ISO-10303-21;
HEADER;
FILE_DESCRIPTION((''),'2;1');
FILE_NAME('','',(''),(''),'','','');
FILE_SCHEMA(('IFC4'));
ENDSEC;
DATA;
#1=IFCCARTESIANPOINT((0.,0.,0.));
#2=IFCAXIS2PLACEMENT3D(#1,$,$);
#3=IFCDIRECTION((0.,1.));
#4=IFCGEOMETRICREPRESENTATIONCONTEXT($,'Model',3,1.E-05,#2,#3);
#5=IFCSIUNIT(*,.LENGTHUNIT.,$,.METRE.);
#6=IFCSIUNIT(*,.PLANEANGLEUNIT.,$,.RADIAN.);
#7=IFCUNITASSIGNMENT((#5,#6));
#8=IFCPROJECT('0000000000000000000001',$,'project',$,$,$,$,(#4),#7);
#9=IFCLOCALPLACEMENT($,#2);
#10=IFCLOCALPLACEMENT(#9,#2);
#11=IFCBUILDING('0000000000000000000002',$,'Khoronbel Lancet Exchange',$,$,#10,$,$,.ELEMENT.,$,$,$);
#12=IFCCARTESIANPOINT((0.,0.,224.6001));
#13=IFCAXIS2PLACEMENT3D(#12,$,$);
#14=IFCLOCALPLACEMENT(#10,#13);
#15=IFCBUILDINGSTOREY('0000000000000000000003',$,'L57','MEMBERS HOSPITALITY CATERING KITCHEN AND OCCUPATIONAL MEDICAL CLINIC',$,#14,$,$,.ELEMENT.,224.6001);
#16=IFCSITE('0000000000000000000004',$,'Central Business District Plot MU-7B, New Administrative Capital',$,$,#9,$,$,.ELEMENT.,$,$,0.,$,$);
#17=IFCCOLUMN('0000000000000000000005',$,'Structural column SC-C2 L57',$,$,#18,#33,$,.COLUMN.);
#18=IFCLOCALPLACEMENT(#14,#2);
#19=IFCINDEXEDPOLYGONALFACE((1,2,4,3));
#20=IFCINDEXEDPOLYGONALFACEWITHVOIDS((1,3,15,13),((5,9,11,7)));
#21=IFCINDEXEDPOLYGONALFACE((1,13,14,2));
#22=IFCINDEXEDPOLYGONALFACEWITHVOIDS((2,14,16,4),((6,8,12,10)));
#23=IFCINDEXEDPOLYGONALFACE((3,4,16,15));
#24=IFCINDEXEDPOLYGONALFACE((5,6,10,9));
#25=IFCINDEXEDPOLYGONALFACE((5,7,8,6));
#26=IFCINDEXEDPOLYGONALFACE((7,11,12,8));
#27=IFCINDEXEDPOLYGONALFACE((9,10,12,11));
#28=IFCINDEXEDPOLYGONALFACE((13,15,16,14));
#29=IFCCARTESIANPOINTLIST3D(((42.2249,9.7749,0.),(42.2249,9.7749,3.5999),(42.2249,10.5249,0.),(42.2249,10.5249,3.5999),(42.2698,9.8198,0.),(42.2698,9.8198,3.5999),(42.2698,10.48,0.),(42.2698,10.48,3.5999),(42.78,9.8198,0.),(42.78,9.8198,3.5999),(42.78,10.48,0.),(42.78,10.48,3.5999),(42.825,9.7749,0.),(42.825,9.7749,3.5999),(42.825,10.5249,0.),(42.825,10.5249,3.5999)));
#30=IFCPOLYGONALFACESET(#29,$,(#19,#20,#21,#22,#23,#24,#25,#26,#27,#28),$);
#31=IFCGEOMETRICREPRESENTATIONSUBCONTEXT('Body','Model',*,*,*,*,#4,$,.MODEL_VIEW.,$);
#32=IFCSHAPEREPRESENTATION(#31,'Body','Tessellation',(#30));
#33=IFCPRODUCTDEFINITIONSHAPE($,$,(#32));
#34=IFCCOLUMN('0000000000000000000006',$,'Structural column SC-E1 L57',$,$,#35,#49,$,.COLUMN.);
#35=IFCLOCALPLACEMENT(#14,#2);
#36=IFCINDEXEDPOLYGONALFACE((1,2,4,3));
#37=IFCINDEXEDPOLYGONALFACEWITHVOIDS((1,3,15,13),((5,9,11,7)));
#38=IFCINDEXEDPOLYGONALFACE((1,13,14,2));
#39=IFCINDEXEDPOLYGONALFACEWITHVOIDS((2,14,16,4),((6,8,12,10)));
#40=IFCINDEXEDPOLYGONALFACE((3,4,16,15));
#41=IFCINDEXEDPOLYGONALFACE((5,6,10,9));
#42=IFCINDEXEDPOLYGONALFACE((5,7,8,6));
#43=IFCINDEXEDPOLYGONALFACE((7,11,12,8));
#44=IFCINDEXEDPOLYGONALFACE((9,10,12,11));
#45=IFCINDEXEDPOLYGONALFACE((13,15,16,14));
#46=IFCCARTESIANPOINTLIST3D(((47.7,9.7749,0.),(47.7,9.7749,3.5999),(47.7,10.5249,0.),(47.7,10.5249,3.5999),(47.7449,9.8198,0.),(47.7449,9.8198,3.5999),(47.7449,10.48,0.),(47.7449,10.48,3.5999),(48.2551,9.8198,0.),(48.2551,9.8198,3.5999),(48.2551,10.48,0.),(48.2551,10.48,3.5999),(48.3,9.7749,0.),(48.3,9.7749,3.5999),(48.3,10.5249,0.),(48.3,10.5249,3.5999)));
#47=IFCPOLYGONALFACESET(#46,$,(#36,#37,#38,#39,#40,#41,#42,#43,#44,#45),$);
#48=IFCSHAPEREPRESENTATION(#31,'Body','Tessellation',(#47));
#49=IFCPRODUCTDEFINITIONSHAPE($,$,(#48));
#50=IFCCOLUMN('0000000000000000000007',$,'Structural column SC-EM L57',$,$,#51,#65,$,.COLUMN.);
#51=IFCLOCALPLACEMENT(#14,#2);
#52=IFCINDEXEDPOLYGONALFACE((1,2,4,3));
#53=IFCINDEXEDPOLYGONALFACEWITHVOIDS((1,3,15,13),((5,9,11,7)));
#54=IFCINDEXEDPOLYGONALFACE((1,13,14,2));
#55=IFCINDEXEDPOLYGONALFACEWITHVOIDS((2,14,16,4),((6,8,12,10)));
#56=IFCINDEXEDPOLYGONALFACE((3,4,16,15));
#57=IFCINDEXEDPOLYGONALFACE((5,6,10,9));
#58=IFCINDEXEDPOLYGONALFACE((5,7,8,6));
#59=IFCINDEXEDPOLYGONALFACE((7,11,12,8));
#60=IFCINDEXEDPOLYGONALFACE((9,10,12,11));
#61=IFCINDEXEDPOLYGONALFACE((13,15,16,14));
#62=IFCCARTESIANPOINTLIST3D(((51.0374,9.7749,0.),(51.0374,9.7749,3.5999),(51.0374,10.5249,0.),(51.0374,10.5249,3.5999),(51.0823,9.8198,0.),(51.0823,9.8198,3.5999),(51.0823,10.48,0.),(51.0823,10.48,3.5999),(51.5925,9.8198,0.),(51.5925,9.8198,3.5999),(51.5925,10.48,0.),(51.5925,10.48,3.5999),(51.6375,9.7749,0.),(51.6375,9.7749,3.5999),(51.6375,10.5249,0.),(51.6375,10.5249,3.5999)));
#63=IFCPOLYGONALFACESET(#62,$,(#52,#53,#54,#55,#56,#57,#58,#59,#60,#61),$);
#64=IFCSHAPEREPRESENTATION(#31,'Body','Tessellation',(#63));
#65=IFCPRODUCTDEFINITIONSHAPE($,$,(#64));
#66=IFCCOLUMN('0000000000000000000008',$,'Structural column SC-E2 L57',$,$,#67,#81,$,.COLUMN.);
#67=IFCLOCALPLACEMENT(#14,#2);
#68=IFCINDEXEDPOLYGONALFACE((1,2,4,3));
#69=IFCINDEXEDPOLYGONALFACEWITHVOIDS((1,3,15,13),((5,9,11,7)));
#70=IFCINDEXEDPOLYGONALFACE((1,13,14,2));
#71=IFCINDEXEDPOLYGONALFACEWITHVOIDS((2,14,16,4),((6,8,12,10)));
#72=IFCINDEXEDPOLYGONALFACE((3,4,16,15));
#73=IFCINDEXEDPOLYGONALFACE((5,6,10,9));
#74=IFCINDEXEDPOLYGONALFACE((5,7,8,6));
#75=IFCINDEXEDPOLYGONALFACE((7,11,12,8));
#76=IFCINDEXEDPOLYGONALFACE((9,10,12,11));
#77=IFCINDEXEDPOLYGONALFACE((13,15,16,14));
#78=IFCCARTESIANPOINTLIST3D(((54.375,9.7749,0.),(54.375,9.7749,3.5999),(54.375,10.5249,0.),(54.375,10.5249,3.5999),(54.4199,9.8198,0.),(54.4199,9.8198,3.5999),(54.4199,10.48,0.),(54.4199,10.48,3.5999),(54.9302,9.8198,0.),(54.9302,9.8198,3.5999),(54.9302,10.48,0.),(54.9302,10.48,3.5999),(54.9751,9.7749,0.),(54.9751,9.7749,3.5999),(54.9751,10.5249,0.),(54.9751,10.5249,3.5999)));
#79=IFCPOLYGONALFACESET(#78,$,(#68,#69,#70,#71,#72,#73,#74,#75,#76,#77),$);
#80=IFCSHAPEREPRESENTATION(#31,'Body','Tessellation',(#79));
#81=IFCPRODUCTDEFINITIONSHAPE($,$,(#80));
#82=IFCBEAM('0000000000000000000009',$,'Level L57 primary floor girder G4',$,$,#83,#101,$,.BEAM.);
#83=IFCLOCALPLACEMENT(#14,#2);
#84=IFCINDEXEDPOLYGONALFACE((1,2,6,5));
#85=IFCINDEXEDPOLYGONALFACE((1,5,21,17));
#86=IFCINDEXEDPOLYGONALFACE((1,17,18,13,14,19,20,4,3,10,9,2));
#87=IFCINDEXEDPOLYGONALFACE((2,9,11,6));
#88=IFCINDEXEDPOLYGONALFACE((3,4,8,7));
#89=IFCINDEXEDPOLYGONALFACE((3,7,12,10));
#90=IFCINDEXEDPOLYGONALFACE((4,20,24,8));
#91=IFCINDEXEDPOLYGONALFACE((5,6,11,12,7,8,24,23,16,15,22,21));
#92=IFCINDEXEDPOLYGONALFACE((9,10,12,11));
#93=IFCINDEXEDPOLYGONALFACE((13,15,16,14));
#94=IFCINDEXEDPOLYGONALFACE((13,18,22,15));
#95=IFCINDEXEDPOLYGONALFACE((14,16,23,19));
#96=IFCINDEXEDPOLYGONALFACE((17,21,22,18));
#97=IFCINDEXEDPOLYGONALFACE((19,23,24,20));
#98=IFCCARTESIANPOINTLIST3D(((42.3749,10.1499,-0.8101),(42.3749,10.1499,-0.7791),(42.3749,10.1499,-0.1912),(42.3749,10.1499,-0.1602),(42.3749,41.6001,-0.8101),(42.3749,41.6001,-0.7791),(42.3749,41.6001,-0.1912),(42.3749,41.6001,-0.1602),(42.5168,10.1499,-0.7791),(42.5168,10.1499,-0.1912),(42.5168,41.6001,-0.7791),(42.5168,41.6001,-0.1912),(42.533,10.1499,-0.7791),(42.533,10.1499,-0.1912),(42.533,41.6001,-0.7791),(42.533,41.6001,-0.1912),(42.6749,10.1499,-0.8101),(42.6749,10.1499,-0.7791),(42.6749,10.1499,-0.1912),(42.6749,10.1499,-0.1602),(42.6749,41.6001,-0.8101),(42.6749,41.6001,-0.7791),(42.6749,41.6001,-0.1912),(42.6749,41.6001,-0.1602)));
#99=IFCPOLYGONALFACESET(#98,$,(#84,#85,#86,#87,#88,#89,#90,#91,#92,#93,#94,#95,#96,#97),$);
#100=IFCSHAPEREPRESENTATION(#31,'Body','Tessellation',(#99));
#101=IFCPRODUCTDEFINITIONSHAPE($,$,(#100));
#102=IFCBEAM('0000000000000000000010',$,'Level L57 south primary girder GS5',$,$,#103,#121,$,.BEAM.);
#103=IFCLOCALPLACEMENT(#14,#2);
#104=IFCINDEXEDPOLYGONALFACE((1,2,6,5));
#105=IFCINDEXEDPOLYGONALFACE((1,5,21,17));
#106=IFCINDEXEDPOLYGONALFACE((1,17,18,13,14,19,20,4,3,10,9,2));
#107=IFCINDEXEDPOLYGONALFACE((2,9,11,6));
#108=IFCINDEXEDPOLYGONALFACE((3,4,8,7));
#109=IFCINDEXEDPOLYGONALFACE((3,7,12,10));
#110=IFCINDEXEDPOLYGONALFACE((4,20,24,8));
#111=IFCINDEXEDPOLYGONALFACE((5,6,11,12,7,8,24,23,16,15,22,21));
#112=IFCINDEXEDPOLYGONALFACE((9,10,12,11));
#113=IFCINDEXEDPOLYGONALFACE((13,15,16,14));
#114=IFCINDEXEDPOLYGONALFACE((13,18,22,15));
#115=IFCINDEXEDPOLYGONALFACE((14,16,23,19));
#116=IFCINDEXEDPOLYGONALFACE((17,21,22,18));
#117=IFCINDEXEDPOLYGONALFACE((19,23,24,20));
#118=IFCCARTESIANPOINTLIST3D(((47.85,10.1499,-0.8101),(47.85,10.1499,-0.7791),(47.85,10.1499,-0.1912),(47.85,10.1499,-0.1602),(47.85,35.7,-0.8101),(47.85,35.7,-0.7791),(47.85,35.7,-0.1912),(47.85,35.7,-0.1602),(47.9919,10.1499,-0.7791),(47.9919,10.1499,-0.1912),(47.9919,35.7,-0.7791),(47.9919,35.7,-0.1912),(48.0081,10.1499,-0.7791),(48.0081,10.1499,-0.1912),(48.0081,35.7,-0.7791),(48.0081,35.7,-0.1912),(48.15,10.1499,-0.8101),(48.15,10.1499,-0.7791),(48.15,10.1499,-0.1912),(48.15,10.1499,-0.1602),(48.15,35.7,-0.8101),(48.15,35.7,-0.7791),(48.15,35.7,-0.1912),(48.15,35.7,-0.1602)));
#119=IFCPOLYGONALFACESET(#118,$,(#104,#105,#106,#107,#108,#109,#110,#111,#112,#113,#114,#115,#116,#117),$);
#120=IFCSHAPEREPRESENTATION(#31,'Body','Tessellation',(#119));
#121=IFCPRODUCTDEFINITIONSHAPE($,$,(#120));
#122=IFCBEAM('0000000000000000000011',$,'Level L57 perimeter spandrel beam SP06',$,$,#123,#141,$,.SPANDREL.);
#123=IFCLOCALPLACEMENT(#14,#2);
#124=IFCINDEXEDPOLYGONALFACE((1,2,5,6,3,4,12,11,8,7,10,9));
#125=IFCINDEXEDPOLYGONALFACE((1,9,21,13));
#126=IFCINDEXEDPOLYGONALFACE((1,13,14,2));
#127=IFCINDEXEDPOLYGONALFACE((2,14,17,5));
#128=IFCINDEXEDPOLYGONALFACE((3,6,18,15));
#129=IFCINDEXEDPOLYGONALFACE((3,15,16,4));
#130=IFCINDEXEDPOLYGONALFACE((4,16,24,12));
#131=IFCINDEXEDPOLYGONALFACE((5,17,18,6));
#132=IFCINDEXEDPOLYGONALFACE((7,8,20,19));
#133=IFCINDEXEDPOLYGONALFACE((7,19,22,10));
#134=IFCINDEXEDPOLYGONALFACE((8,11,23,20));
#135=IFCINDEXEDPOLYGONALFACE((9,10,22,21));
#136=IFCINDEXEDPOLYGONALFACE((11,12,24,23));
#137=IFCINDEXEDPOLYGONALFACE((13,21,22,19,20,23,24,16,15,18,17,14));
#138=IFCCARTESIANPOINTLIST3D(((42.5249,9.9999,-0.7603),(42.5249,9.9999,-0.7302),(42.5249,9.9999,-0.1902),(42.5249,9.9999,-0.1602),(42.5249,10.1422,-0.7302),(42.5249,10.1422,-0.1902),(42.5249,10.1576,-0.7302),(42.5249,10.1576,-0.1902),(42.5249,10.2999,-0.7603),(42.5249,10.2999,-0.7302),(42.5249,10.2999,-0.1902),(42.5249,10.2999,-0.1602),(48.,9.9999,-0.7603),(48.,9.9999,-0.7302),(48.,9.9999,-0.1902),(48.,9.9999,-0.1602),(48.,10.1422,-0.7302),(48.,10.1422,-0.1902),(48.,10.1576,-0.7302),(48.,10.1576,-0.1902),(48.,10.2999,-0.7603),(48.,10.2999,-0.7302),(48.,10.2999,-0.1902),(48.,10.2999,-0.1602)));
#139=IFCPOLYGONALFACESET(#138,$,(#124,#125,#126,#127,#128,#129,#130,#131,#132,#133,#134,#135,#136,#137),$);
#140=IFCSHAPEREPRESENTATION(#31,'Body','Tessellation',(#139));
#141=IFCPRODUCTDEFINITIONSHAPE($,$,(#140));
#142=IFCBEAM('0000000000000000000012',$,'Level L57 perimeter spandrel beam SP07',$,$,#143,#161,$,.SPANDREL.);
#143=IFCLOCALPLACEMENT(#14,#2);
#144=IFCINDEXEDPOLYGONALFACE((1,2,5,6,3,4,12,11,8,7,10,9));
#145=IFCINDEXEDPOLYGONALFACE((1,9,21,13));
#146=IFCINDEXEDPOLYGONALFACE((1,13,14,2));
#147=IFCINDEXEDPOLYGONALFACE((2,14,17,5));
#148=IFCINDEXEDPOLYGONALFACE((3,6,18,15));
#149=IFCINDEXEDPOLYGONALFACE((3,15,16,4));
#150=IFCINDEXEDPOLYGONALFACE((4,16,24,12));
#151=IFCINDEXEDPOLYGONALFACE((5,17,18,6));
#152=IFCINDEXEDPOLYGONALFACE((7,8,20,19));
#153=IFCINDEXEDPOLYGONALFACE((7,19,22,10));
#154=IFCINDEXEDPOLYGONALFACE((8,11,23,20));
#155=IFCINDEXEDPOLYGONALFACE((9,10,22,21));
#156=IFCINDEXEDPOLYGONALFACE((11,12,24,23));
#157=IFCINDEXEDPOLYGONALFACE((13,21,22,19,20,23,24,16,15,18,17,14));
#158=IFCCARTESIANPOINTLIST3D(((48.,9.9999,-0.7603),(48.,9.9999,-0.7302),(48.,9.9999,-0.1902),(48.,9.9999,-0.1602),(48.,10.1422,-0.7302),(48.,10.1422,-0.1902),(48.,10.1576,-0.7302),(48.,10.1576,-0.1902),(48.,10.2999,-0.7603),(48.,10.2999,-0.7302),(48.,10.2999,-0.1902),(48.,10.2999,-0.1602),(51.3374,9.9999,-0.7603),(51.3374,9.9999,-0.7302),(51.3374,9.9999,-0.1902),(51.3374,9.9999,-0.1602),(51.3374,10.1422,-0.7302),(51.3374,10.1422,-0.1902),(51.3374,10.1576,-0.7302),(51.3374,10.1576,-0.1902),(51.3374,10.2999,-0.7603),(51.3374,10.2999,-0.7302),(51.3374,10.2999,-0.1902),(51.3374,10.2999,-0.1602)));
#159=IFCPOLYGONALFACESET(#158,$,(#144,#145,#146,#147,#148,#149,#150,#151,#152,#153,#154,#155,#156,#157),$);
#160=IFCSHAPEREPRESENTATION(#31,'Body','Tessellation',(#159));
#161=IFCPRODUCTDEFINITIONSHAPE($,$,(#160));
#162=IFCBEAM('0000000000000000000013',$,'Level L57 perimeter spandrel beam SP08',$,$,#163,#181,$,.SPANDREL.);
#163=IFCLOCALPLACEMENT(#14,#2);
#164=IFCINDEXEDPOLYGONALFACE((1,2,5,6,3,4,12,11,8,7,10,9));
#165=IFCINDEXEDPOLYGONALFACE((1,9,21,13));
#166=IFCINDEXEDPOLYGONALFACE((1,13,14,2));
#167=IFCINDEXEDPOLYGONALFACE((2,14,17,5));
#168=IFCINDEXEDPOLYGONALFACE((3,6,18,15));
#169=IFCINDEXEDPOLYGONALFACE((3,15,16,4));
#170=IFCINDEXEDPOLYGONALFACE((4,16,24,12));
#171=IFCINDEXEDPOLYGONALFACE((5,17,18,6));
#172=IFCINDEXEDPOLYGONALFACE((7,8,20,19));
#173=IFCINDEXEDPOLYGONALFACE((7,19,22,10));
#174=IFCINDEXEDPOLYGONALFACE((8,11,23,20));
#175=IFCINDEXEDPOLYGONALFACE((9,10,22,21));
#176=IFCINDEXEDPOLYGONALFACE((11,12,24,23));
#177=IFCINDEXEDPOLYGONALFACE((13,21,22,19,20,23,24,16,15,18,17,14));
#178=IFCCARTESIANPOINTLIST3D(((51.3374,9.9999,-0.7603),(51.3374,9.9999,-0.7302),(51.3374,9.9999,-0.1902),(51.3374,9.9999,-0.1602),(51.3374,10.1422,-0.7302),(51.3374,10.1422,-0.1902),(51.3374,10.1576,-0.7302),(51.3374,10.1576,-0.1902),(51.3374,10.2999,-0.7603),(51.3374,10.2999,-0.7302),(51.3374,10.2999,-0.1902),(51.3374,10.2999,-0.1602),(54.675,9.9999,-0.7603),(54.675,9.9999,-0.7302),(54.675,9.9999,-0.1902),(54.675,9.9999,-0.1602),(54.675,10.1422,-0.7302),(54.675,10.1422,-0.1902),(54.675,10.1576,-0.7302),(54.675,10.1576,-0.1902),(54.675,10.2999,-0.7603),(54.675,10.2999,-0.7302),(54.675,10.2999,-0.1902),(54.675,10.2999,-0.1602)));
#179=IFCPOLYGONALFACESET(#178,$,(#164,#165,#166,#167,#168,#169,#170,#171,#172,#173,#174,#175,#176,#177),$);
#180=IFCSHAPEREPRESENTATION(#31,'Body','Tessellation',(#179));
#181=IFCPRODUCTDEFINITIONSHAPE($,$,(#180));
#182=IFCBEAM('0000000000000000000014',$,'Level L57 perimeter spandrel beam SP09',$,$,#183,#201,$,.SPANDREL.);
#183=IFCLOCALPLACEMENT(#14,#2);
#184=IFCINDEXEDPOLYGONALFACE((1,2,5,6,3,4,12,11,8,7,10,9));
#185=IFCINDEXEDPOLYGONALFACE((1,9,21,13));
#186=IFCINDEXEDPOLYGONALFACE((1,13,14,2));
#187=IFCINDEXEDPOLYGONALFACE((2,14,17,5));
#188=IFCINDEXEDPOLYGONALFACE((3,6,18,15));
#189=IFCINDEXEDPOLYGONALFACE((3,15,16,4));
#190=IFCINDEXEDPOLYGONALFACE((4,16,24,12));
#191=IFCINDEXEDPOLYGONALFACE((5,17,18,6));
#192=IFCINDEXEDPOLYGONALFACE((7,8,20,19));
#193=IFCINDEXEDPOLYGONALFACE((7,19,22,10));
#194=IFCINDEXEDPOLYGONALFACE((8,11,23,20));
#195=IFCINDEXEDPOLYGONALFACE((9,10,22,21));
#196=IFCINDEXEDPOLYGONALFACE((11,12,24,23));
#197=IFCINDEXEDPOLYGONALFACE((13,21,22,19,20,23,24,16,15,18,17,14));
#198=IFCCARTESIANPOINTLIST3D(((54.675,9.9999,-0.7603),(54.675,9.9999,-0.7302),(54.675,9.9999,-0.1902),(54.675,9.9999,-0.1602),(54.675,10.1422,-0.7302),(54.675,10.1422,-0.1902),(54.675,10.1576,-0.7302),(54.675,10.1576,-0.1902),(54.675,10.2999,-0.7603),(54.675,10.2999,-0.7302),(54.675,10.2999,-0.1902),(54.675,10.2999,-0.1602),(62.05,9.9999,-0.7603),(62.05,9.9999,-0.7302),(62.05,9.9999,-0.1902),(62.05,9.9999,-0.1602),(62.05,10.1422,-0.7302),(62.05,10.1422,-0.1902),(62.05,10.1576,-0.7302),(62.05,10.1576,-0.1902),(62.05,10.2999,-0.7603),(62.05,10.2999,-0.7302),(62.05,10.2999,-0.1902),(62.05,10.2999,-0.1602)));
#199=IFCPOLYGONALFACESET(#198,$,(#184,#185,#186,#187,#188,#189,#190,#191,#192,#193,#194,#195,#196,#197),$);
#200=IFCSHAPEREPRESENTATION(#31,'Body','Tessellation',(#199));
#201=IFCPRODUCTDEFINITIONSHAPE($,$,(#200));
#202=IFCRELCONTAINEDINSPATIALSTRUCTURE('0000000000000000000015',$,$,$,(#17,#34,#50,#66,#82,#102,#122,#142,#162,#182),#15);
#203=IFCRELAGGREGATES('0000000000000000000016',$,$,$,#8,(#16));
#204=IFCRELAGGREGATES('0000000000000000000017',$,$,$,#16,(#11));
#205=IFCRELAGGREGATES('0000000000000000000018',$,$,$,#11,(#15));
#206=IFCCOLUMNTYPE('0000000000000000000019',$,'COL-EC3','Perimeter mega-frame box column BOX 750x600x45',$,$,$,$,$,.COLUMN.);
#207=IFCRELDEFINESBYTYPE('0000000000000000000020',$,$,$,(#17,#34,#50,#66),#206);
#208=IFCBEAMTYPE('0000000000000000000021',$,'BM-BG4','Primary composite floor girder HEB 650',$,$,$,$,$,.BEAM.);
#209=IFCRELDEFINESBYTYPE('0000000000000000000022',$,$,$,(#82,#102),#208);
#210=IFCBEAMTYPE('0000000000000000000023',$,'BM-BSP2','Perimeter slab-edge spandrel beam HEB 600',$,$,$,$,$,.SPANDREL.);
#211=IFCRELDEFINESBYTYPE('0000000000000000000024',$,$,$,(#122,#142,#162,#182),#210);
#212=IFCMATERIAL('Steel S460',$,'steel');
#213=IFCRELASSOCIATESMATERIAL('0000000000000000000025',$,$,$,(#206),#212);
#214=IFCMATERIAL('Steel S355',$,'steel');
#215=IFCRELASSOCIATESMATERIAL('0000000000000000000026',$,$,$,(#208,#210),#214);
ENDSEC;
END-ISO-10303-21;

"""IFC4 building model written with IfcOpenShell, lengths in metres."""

from ifc_helpers import new_model, si_unit, direction, frame, origin, origin_2d, place, context, subcontext, project, spatial, hollow_rectangle, i_section, extrude, material, material_profile, profile_set, type_object, element, save


model = new_model("IFC4")

# Units and contexts
model_context = context("Model", 3, precision=1e-05, world=origin(), true_north=direction((0.0, 1.0)))
body_context = subcontext(model_context, "Body", "Model", "MODEL_VIEW")
ifc_project = project(units=[si_unit("LENGTHUNIT", "METRE"), si_unit("PLANEANGLEUNIT", "RADIAN")], contexts=[model_context])

# Site, building, storey
site_placement = place(None, origin())
site = spatial("IfcSite", under=ifc_project, at=site_placement, Name="Central Business District Plot MU-7B, New Administrative Capital", CompositionType="ELEMENT", RefElevation=0.0)
building_placement = place(site_placement, origin())
building = spatial("IfcBuilding", under=site, at=building_placement, Name="Khoronbel Lancet Exchange", CompositionType="ELEMENT")
storey_placement = place(building_placement, frame((0.0, 0.0, 224.6001)))
storey = spatial("IfcBuildingStorey", under=building, at=storey_placement, Name="L57", Description="MEMBERS HOSPITALITY CATERING KITCHEN AND OCCUPATIONAL MEDICAL CLINIC", CompositionType="ELEMENT", Elevation=224.6001)

# Columns
ifc_material_1 = material(Name="Steel S460", Category="steel")
ifc_material_profile_1 = material_profile(ifc_material_1, hollow_rectangle(XDim=0.6001, YDim=0.75, WallThickness=0.0449, at=origin_2d()), Name="BOX 750x600x45")
ifc_profile_set_1 = profile_set([ifc_material_profile_1], Name="Steel S460")
column_type = type_object("IfcColumnType", Name="COL-EC3", Description="Perimeter mega-frame box column BOX 750x600x45", PredefinedType="COLUMN", material=ifc_profile_set_1)
for number, where, z_axis, x_axis, name in (
    (1, (42.5249, 10.1499, 0.0), (0.0, 0.0, 1.0), (1.0, 0.0, 0.0), "Structural column SC-C2 L57"),
    (2, (48.0, 10.1499, 0.0), (0.0, 0.0, 1.0), (1.0, 0.0, 0.0), "Structural column SC-E1 L57"),
    (3, (51.3374, 10.1499, 0.0), (0.0, 0.0, 1.0), (1.0, 0.0, 0.0), "Structural column SC-EM L57"),
    (4, (54.675, 10.1499, 0.0), (0.0, 0.0, 1.0), (1.0, 0.0, 0.0), "Structural column SC-E2 L57"),
):
    element("IfcColumn", number, at=place(storey_placement, frame(where, z_axis=z_axis, x_axis=x_axis)), inside=storey, type_object=column_type, Name=name, PredefinedType="COLUMN", context=body_context, shape_type="SweptSolid", body=[
        extrude(hollow_rectangle(XDim=0.6001, YDim=0.75, WallThickness=0.0449, at=origin_2d()), origin(), (0.0, 0.0, 1.0), 3.5999),
    ])

# Beams
ifc_material_2 = material(Name="Steel S355", Category="steel")
ifc_material_profile_2 = material_profile(ifc_material_2, i_section(OverallWidth=0.3, OverallDepth=0.6499, WebThickness=0.0161, FlangeThickness=0.031, at=origin_2d()), Name="HEB 650")
ifc_profile_set_2 = profile_set([ifc_material_profile_2], Name="Steel S355")
beam_type_1 = type_object("IfcBeamType", Name="BM-BG4", Description="Primary composite floor girder HEB 650", PredefinedType="BEAM", material=ifc_profile_set_2)
beam_1_placement = place(storey_placement, frame((42.5249, 10.1499, -0.4851), z_axis=(0.0, 1.0, 0.0), x_axis=(-1.0, 0.0, 0.0)))
element("IfcBeam", 5, at=beam_1_placement, inside=storey, type_object=beam_type_1, Name="Level L57 primary floor girder G4", PredefinedType="BEAM", context=body_context, shape_type="SweptSolid", body=[
    extrude(i_section(OverallWidth=0.3, OverallDepth=0.6499, WebThickness=0.0161, FlangeThickness=0.031, at=origin_2d()), origin(), (0.0, 0.0, 1.0), 31.4502),
])
beam_2_placement = place(storey_placement, frame((48.0, 10.1499, -0.4851), z_axis=(0.0, 1.0, 0.0), x_axis=(-1.0, 0.0, 0.0)))
element("IfcBeam", 6, at=beam_2_placement, inside=storey, type_object=beam_type_1, Name="Level L57 south primary girder GS5", PredefinedType="BEAM", context=body_context, shape_type="SweptSolid", body=[
    extrude(i_section(OverallWidth=0.3, OverallDepth=0.6499, WebThickness=0.0161, FlangeThickness=0.031, at=origin_2d()), origin(), (0.0, 0.0, 1.0), 25.55),
])
ifc_material_profile_3 = material_profile(ifc_material_2, i_section(OverallWidth=0.3, OverallDepth=0.6001, WebThickness=0.0154, FlangeThickness=0.03, at=origin_2d()), Name="HEB 600")
ifc_profile_set_3 = profile_set([ifc_material_profile_3], Name="Steel S355")
beam_type_2 = type_object("IfcBeamType", Name="BM-BSP2", Description="Perimeter slab-edge spandrel beam HEB 600", PredefinedType="SPANDREL", material=ifc_profile_set_3)
beam_3_placement = place(storey_placement, frame((42.5249, 10.1499, -0.4602), z_axis=(1.0, 0.0, 0.0), x_axis=(0.0, 1.0, 0.0)))
element("IfcBeam", 7, at=beam_3_placement, inside=storey, type_object=beam_type_2, Name="Level L57 perimeter spandrel beam SP06", PredefinedType="SPANDREL", context=body_context, shape_type="SweptSolid", body=[
    extrude(i_section(OverallWidth=0.3, OverallDepth=0.6001, WebThickness=0.0154, FlangeThickness=0.03, at=origin_2d()), origin(), (0.0, 0.0, 1.0), 5.4751),
])
beam_4_placement = place(storey_placement, frame((48.0, 10.1499, -0.4602), z_axis=(1.0, 0.0, 0.0), x_axis=(0.0, 1.0, 0.0)))
element("IfcBeam", 8, at=beam_4_placement, inside=storey, type_object=beam_type_2, Name="Level L57 perimeter spandrel beam SP07", PredefinedType="SPANDREL", context=body_context, shape_type="SweptSolid", body=[
    extrude(i_section(OverallWidth=0.3, OverallDepth=0.6001, WebThickness=0.0154, FlangeThickness=0.03, at=origin_2d()), origin(), (0.0, 0.0, 1.0), 3.3374),
])
beam_5_placement = place(storey_placement, frame((51.3374, 10.1499, -0.4602), z_axis=(1.0, 0.0, 0.0), x_axis=(0.0, 1.0, 0.0)))
element("IfcBeam", 9, at=beam_5_placement, inside=storey, type_object=beam_type_2, Name="Level L57 perimeter spandrel beam SP08", PredefinedType="SPANDREL", context=body_context, shape_type="SweptSolid", body=[
    extrude(i_section(OverallWidth=0.3, OverallDepth=0.6001, WebThickness=0.0154, FlangeThickness=0.03, at=origin_2d()), origin(), (0.0, 0.0, 1.0), 3.3376),
])
beam_6_placement = place(storey_placement, frame((54.675, 10.1499, -0.4602), z_axis=(1.0, 0.0, 0.0), x_axis=(0.0, 1.0, 0.0)))
element("IfcBeam", 10, at=beam_6_placement, inside=storey, type_object=beam_type_2, Name="Level L57 perimeter spandrel beam SP09", PredefinedType="SPANDREL", context=body_context, shape_type="SweptSolid", body=[
    extrude(i_section(OverallWidth=0.3, OverallDepth=0.6001, WebThickness=0.0154, FlangeThickness=0.03, at=origin_2d()), origin(), (0.0, 0.0, 1.0), 7.375),
])

save(model, "model.ifc")
